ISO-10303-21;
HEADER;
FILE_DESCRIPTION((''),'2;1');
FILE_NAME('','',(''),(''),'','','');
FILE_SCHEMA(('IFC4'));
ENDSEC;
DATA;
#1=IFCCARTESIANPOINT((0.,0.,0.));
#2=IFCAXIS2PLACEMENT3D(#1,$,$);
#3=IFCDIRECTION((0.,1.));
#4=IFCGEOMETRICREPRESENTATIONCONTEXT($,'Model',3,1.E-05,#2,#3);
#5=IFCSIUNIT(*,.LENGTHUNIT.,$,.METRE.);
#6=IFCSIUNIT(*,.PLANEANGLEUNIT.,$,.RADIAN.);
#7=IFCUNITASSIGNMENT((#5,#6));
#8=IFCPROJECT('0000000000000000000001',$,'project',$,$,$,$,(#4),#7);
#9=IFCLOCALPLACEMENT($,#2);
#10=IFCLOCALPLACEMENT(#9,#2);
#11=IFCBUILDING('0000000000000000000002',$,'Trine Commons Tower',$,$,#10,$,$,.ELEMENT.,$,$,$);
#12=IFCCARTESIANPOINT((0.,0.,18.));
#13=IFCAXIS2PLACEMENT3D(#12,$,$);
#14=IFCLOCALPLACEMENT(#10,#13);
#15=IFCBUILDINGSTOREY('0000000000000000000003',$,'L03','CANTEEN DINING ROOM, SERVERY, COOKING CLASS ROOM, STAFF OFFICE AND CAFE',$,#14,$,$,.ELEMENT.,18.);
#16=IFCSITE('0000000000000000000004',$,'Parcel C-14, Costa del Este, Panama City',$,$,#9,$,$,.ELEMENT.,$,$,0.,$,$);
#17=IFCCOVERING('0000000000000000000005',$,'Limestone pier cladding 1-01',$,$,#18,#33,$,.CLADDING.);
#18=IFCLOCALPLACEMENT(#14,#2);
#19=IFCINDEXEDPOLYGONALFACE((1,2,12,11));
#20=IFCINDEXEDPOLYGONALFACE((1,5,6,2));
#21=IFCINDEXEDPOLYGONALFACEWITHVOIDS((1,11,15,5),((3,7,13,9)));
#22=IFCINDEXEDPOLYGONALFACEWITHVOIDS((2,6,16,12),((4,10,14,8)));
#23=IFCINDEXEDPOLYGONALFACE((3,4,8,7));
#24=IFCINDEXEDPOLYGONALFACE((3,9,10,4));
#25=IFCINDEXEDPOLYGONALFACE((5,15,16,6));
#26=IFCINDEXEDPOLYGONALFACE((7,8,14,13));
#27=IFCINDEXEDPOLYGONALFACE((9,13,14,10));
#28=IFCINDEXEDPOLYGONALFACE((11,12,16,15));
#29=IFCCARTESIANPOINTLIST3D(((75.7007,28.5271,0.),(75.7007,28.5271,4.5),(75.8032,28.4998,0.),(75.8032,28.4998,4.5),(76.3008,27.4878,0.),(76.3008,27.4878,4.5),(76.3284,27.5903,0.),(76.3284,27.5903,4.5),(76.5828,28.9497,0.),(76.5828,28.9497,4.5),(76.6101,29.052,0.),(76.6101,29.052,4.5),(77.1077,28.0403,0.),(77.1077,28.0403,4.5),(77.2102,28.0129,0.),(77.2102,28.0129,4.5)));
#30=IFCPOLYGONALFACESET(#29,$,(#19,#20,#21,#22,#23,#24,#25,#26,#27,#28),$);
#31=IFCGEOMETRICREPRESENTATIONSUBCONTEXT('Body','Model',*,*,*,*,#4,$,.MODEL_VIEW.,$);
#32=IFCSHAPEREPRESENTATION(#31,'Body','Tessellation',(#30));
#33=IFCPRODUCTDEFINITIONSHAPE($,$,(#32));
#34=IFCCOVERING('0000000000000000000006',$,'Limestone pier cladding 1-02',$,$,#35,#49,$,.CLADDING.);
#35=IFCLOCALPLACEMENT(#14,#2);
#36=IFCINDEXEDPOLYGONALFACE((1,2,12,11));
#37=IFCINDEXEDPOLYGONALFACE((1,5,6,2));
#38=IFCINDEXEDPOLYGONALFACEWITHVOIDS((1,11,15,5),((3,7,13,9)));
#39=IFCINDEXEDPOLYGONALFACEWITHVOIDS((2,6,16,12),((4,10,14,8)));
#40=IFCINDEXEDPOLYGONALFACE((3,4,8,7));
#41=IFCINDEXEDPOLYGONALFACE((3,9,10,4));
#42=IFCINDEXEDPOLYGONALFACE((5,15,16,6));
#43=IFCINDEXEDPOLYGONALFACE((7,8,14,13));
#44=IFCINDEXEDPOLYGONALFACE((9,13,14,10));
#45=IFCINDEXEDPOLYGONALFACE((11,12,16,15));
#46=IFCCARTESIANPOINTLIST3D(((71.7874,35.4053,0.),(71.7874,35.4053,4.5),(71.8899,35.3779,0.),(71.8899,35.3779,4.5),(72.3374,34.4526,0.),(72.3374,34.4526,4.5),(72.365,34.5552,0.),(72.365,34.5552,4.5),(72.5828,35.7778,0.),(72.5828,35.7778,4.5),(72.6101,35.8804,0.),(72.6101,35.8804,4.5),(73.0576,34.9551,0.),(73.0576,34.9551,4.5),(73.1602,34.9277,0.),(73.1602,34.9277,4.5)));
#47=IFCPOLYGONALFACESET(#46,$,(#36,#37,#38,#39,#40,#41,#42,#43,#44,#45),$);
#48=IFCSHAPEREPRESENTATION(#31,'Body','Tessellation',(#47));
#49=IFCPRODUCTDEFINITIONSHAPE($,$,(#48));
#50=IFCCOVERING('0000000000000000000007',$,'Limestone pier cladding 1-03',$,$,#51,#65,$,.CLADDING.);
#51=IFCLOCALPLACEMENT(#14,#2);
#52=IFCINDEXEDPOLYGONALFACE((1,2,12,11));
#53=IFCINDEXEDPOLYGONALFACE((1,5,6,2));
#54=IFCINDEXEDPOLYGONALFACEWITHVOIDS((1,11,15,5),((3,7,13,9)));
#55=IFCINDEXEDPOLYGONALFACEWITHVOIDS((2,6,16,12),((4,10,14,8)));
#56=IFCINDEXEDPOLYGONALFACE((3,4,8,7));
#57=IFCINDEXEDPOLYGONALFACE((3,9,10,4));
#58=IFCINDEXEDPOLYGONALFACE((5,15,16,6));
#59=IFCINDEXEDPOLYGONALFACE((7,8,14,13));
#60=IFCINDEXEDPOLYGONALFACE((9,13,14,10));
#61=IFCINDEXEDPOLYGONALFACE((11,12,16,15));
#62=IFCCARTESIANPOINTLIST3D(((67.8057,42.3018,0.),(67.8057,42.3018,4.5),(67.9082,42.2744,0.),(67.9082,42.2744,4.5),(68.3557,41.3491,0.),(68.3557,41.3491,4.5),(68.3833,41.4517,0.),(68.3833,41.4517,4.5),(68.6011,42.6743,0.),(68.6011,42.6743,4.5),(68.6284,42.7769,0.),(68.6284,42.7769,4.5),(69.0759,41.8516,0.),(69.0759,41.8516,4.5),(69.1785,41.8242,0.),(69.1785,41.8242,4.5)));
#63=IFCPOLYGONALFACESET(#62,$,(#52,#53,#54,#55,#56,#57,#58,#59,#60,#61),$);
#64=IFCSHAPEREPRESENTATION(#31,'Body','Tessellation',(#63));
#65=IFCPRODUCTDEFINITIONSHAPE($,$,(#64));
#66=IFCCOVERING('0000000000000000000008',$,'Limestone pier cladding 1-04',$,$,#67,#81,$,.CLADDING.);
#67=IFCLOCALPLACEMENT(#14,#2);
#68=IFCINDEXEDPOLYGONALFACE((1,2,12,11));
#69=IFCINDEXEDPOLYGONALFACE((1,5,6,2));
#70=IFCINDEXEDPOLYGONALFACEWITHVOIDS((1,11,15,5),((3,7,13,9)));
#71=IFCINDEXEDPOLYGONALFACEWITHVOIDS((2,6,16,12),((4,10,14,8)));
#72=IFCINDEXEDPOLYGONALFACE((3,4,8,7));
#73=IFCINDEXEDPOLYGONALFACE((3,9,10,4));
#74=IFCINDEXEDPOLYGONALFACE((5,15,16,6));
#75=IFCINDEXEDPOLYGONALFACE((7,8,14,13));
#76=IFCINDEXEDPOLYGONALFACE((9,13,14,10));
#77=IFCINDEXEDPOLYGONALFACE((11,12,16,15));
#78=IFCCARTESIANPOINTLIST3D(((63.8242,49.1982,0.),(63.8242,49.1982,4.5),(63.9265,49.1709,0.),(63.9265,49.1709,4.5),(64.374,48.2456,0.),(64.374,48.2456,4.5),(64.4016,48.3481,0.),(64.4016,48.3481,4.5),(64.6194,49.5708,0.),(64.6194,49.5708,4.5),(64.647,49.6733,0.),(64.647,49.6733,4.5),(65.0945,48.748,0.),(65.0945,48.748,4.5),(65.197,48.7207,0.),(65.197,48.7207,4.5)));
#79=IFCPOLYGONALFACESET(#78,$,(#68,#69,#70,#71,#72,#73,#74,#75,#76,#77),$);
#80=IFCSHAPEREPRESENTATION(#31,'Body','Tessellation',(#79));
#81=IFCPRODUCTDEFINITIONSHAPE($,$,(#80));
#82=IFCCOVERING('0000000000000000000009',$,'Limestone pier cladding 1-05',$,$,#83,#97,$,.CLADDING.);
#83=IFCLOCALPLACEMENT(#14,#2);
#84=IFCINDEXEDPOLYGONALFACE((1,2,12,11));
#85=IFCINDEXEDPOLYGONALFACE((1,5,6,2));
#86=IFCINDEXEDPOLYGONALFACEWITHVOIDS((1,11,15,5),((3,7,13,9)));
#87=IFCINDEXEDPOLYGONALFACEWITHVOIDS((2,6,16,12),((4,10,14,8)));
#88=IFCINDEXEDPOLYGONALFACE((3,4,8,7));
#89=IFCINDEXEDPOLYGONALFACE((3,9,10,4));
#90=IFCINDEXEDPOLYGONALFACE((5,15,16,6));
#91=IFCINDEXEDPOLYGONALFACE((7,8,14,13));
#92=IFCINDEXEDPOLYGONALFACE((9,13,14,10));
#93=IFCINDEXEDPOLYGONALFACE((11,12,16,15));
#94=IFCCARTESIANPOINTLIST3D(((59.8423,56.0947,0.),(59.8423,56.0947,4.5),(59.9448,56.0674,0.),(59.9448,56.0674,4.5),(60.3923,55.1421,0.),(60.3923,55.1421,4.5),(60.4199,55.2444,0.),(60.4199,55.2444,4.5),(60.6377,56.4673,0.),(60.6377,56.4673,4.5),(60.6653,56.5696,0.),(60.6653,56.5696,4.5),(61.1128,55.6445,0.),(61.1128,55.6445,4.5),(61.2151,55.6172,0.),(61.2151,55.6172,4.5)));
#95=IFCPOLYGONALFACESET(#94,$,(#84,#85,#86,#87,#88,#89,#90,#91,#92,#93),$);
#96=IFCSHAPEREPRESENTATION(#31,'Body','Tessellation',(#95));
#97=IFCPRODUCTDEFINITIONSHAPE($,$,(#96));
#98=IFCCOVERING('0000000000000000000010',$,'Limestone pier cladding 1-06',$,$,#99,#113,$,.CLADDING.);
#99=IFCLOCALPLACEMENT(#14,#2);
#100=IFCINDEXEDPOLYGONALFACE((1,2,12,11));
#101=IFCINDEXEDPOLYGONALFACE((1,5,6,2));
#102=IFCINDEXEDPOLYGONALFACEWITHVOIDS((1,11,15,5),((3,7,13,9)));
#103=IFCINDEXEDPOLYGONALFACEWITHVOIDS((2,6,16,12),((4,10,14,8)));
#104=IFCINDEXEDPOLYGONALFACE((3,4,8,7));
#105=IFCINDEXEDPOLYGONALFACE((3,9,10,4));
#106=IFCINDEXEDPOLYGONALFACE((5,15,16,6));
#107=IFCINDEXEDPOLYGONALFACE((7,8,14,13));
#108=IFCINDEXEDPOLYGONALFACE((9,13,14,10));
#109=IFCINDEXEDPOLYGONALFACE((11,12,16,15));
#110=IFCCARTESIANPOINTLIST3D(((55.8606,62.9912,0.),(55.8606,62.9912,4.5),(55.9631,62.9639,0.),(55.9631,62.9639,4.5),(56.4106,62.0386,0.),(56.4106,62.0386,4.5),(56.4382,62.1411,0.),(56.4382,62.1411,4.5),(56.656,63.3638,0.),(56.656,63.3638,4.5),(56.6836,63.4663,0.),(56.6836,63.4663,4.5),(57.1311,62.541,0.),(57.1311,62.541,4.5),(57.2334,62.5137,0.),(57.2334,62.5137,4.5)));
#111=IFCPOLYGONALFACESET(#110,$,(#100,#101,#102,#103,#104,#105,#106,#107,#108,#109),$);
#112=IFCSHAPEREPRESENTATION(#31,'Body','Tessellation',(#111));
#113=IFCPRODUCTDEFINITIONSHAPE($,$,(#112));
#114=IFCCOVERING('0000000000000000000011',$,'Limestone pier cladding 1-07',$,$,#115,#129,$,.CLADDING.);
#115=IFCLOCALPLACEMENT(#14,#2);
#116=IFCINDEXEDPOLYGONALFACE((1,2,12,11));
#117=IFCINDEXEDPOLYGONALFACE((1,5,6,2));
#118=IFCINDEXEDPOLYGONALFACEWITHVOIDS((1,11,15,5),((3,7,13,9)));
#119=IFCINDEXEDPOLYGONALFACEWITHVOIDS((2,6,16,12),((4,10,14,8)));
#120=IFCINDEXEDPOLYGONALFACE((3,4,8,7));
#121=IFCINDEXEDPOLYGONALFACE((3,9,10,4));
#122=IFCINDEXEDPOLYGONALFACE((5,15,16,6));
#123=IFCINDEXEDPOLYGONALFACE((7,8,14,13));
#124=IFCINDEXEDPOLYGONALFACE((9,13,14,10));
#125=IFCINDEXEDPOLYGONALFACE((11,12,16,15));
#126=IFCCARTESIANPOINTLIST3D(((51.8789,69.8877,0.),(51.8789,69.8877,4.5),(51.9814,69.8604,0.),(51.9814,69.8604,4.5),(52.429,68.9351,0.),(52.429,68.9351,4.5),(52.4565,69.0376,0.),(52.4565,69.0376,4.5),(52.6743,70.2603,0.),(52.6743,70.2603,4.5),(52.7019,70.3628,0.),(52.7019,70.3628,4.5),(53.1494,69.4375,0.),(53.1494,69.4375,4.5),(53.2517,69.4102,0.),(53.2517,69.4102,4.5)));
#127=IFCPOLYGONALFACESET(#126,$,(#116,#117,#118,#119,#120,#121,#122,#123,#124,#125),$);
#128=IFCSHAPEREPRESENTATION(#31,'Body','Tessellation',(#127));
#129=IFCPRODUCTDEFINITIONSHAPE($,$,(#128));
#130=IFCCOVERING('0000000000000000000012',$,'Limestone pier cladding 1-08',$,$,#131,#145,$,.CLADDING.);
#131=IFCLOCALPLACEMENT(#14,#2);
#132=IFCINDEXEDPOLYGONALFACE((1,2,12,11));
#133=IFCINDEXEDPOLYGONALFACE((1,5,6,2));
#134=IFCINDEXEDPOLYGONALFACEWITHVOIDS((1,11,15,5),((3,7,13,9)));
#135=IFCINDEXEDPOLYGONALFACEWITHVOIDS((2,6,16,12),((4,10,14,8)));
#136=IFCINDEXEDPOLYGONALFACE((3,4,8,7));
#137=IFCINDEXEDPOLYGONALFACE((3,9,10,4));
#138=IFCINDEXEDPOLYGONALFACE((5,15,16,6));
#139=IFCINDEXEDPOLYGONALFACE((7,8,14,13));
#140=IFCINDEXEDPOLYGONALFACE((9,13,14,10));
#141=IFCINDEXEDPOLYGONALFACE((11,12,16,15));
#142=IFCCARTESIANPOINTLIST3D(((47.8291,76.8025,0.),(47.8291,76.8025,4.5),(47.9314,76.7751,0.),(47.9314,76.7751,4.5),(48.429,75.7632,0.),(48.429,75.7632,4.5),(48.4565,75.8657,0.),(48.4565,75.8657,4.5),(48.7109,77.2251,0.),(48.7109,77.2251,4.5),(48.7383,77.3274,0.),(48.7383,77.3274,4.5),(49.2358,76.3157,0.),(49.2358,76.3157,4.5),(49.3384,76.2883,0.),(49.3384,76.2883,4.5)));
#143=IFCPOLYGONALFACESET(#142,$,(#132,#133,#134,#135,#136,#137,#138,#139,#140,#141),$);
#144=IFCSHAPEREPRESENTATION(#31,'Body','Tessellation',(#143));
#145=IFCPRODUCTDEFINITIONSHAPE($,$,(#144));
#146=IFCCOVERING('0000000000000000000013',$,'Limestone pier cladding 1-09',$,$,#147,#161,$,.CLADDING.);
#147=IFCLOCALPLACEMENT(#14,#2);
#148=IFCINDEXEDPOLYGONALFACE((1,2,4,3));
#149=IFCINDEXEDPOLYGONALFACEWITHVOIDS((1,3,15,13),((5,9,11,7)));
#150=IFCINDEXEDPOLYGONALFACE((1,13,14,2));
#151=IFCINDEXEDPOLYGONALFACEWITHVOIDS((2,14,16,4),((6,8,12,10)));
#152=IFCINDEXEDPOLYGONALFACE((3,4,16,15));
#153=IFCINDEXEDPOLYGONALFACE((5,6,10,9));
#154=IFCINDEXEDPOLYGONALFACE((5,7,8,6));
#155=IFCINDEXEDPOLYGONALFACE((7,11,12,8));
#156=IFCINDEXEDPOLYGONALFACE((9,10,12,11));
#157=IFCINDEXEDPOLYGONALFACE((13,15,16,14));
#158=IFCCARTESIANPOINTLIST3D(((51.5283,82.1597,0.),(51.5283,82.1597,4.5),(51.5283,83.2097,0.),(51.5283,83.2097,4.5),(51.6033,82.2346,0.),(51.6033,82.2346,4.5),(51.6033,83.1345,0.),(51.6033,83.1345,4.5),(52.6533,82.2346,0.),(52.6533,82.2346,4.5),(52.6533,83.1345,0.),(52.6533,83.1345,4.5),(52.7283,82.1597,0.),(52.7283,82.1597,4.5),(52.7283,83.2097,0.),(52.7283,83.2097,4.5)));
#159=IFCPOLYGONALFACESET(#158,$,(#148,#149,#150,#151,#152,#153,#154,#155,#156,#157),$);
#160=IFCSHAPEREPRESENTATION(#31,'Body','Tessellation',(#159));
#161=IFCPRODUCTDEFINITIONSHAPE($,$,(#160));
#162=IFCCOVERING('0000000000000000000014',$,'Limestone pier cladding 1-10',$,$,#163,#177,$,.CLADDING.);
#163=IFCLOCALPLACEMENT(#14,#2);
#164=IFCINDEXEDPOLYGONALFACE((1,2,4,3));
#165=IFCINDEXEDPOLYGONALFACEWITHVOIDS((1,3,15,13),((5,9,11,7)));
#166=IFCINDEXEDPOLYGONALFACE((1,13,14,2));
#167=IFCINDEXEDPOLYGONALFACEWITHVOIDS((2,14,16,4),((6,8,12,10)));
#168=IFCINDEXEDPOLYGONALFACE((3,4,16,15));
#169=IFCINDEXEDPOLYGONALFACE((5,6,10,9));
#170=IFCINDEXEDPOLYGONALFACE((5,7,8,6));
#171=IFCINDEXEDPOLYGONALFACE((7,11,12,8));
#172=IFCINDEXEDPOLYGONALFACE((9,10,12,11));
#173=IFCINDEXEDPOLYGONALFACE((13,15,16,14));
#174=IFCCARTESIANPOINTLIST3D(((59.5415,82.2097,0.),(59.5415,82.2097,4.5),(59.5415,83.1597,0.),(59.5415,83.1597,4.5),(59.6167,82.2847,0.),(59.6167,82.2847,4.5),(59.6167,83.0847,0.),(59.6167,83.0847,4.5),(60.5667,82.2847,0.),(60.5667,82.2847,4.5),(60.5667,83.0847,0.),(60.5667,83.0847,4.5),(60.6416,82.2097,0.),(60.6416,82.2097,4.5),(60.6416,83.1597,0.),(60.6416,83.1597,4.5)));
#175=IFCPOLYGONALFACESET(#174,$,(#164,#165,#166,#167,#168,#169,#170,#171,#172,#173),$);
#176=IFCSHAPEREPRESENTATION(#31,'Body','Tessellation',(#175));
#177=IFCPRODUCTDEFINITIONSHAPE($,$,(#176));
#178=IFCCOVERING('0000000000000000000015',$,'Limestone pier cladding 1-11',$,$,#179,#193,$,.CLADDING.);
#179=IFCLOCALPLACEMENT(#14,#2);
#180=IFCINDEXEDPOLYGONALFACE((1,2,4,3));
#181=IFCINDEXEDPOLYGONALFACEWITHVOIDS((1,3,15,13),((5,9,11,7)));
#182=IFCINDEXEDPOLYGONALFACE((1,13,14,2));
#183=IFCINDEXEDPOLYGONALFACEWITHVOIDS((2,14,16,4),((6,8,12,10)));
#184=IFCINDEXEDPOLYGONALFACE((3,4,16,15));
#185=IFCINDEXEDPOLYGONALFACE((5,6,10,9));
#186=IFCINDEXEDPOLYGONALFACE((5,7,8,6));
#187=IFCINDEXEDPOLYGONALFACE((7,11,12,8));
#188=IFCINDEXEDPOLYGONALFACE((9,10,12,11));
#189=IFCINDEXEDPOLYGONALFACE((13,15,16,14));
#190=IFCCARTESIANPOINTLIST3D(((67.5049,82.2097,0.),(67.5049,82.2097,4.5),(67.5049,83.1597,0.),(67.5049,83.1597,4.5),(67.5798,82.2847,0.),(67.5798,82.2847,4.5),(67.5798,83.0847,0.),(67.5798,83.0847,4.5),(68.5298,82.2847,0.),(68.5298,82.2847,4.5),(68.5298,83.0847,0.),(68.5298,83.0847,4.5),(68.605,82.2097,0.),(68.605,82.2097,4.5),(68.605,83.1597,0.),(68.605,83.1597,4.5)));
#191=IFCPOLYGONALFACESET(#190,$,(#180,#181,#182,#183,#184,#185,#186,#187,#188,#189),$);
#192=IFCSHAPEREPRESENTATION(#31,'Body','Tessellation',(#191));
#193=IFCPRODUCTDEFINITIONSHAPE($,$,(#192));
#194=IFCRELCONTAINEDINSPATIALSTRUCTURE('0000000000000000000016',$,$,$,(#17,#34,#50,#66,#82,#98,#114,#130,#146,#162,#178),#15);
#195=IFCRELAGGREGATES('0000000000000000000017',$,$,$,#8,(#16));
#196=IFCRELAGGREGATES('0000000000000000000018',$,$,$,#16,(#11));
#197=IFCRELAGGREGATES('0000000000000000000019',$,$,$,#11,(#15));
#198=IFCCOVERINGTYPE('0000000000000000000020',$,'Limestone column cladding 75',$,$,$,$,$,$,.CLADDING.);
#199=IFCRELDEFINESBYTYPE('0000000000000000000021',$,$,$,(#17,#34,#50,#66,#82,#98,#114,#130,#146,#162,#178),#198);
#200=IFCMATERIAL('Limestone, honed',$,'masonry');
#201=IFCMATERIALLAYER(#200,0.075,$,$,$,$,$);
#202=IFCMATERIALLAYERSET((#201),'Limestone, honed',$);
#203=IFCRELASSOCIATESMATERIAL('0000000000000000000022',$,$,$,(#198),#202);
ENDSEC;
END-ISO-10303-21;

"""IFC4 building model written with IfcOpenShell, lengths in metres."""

from ifc_helpers import new_model, si_unit, direction, frame, origin, place, context, subcontext, project, spatial, polyline, outline, extrude, material, layer, layer_set, type_object, element, save


model = new_model("IFC4")

# Units and contexts
model_context = context("Model", 3, precision=1e-05, world=origin(), true_north=direction((0.0, 1.0)))
body_context = subcontext(model_context, "Body", "Model", "MODEL_VIEW")
ifc_project = project(units=[si_unit("LENGTHUNIT", "METRE"), si_unit("PLANEANGLEUNIT", "RADIAN")], contexts=[model_context])

# Site, building, storey
site_placement = place(None, origin())
site = spatial("IfcSite", under=ifc_project, at=site_placement, Name="Parcel C-14, Costa del Este, Panama City", CompositionType="ELEMENT", RefElevation=0.0)
building_placement = place(site_placement, origin())
building = spatial("IfcBuilding", under=site, at=building_placement, Name="Trine Commons Tower", CompositionType="ELEMENT")
storey_placement = place(building_placement, frame((0.0, 0.0, 18.0)))
storey = spatial("IfcBuildingStorey", under=building, at=storey_placement, Name="L03", Description="CANTEEN DINING ROOM, SERVERY, COOKING CLASS ROOM, STAFF OFFICE AND CAFE", CompositionType="ELEMENT", Elevation=18.0)

# Coverings
ifc_material_1 = material(Name="Limestone, honed", Category="masonry")
ifc_layer_1 = layer(ifc_material_1, 0.075)
ifc_layer_set_1 = layer_set([ifc_layer_1], Name="Limestone, honed")
covering_type = type_object("IfcCoveringType", Name="Limestone column cladding 75", PredefinedType="CLADDING", material=ifc_layer_set_1)
covering_1_placement = place(storey_placement, origin())
element("IfcCovering", 1, at=covering_1_placement, inside=storey, type_object=covering_type, Name="Limestone pier cladding 1-01", PredefinedType="CLADDING", context=body_context, shape_type="SweptSolid", body=[
    extrude(outline(polyline([(76.6101, 29.052), (75.7007, 28.5271), (76.3008, 27.4878), (77.2102, 28.0129), (76.6101, 29.052)]), holes=[polyline([(76.5828, 28.9497), (75.8032, 28.4998), (76.3284, 27.5903), (77.1077, 28.0403), (76.5828, 28.9497)])]), origin(), (0.0, 0.0, 1.0), 4.5),
])
covering_2_placement = place(storey_placement, origin())
element("IfcCovering", 2, at=covering_2_placement, inside=storey, type_object=covering_type, Name="Limestone pier cladding 1-02", PredefinedType="CLADDING", context=body_context, shape_type="SweptSolid", body=[
    extrude(outline(polyline([(72.6101, 35.8804), (71.7874, 35.4053), (72.3374, 34.4526), (73.1602, 34.9277), (72.6101, 35.8804)]), holes=[polyline([(72.5828, 35.7778), (71.8899, 35.3779), (72.365, 34.5552), (73.0576, 34.9551), (72.5828, 35.7778)])]), origin(), (0.0, 0.0, 1.0), 4.5),
])
covering_3_placement = place(storey_placement, origin())
element("IfcCovering", 3, at=covering_3_placement, inside=storey, type_object=covering_type, Name="Limestone pier cladding 1-03", PredefinedType="CLADDING", context=body_context, shape_type="SweptSolid", body=[
    extrude(outline(polyline([(68.6284, 42.7769), (67.8057, 42.3018), (68.3557, 41.3491), (69.1785, 41.8242), (68.6284, 42.7769)]), holes=[polyline([(68.6011, 42.6743), (67.9082, 42.2744), (68.3833, 41.4517), (69.0759, 41.8516), (68.6011, 42.6743)])]), origin(), (0.0, 0.0, 1.0), 4.5),
])
covering_4_placement = place(storey_placement, origin())
element("IfcCovering", 4, at=covering_4_placement, inside=storey, type_object=covering_type, Name="Limestone pier cladding 1-04", PredefinedType="CLADDING", context=body_context, shape_type="SweptSolid", body=[
    extrude(outline(polyline([(64.647, 49.6733), (63.8242, 49.1982), (64.374, 48.2456), (65.197, 48.7207), (64.647, 49.6733)]), holes=[polyline([(64.6194, 49.5708), (63.9265, 49.1709), (64.4016, 48.3481), (65.0945, 48.748), (64.6194, 49.5708)])]), origin(), (0.0, 0.0, 1.0), 4.5),
])
covering_5_placement = place(storey_placement, origin())
element("IfcCovering", 5, at=covering_5_placement, inside=storey, type_object=covering_type, Name="Limestone pier cladding 1-05", PredefinedType="CLADDING", context=body_context, shape_type="SweptSolid", body=[
    extrude(outline(polyline([(60.6653, 56.5696), (59.8423, 56.0947), (60.3923, 55.1421), (61.2151, 55.6172), (60.6653, 56.5696)]), holes=[polyline([(60.6377, 56.4673), (59.9448, 56.0674), (60.4199, 55.2444), (61.1128, 55.6445), (60.6377, 56.4673)])]), origin(), (0.0, 0.0, 1.0), 4.5),
])
covering_6_placement = place(storey_placement, origin())
element("IfcCovering", 6, at=covering_6_placement, inside=storey, type_object=covering_type, Name="Limestone pier cladding 1-06", PredefinedType="CLADDING", context=body_context, shape_type="SweptSolid", body=[
    extrude(outline(polyline([(56.6836, 63.4663), (55.8606, 62.9912), (56.4106, 62.0386), (57.2334, 62.5137), (56.6836, 63.4663)]), holes=[polyline([(56.656, 63.3638), (55.9631, 62.9639), (56.4382, 62.1411), (57.1311, 62.541), (56.656, 63.3638)])]), origin(), (0.0, 0.0, 1.0), 4.5),
])
covering_7_placement = place(storey_placement, origin())
element("IfcCovering", 7, at=covering_7_placement, inside=storey, type_object=covering_type, Name="Limestone pier cladding 1-07", PredefinedType="CLADDING", context=body_context, shape_type="SweptSolid", body=[
    extrude(outline(polyline([(52.7019, 70.3628), (51.8789, 69.8877), (52.429, 68.9351), (53.2517, 69.4102), (52.7019, 70.3628)]), holes=[polyline([(52.6743, 70.2603), (51.9814, 69.8604), (52.4565, 69.0376), (53.1494, 69.4375), (52.6743, 70.2603)])]), origin(), (0.0, 0.0, 1.0), 4.5),
])
covering_8_placement = place(storey_placement, origin())
element("IfcCovering", 8, at=covering_8_placement, inside=storey, type_object=covering_type, Name="Limestone pier cladding 1-08", PredefinedType="CLADDING", context=body_context, shape_type="SweptSolid", body=[
    extrude(outline(polyline([(48.7383, 77.3274), (47.8291, 76.8025), (48.429, 75.7632), (49.3384, 76.2883), (48.7383, 77.3274)]), holes=[polyline([(48.7109, 77.2251), (47.9314, 76.7751), (48.4565, 75.8657), (49.2358, 76.3157), (48.7109, 77.2251)])]), origin(), (0.0, 0.0, 1.0), 4.5),
])
covering_9_placement = place(storey_placement, origin())
element("IfcCovering", 9, at=covering_9_placement, inside=storey, type_object=covering_type, Name="Limestone pier cladding 1-09", PredefinedType="CLADDING", context=body_context, shape_type="SweptSolid", body=[
    extrude(outline(polyline([(52.7283, 82.1597), (52.7283, 83.2097), (51.5283, 83.2097), (51.5283, 82.1597), (52.7283, 82.1597)]), holes=[polyline([(52.6533, 82.2346), (52.6533, 83.1345), (51.6033, 83.1345), (51.6033, 82.2346), (52.6533, 82.2346)])]), origin(), (0.0, 0.0, 1.0), 4.5),
])
covering_10_placement = place(storey_placement, origin())
element("IfcCovering", 10, at=covering_10_placement, inside=storey, type_object=covering_type, Name="Limestone pier cladding 1-10", PredefinedType="CLADDING", context=body_context, shape_type="SweptSolid", body=[
    extrude(outline(polyline([(60.6416, 82.2097), (60.6416, 83.1597), (59.5415, 83.1597), (59.5415, 82.2097), (60.6416, 82.2097)]), holes=[polyline([(60.5667, 82.2847), (60.5667, 83.0847), (59.6167, 83.0847), (59.6167, 82.2847), (60.5667, 82.2847)])]), origin(), (0.0, 0.0, 1.0), 4.5),
])
covering_11_placement = place(storey_placement, origin())
element("IfcCovering", 11, at=covering_11_placement, inside=storey, type_object=covering_type, Name="Limestone pier cladding 1-11", PredefinedType="CLADDING", context=body_context, shape_type="SweptSolid", body=[
    extrude(outline(polyline([(68.605, 82.2097), (68.605, 83.1597), (67.5049, 83.1597), (67.5049, 82.2097), (68.605, 82.2097)]), holes=[polyline([(68.5298, 82.2847), (68.5298, 83.0847), (67.5798, 83.0847), (67.5798, 82.2847), (68.5298, 82.2847)])]), origin(), (0.0, 0.0, 1.0), 4.5),
])

save(model, "model.ifc")
